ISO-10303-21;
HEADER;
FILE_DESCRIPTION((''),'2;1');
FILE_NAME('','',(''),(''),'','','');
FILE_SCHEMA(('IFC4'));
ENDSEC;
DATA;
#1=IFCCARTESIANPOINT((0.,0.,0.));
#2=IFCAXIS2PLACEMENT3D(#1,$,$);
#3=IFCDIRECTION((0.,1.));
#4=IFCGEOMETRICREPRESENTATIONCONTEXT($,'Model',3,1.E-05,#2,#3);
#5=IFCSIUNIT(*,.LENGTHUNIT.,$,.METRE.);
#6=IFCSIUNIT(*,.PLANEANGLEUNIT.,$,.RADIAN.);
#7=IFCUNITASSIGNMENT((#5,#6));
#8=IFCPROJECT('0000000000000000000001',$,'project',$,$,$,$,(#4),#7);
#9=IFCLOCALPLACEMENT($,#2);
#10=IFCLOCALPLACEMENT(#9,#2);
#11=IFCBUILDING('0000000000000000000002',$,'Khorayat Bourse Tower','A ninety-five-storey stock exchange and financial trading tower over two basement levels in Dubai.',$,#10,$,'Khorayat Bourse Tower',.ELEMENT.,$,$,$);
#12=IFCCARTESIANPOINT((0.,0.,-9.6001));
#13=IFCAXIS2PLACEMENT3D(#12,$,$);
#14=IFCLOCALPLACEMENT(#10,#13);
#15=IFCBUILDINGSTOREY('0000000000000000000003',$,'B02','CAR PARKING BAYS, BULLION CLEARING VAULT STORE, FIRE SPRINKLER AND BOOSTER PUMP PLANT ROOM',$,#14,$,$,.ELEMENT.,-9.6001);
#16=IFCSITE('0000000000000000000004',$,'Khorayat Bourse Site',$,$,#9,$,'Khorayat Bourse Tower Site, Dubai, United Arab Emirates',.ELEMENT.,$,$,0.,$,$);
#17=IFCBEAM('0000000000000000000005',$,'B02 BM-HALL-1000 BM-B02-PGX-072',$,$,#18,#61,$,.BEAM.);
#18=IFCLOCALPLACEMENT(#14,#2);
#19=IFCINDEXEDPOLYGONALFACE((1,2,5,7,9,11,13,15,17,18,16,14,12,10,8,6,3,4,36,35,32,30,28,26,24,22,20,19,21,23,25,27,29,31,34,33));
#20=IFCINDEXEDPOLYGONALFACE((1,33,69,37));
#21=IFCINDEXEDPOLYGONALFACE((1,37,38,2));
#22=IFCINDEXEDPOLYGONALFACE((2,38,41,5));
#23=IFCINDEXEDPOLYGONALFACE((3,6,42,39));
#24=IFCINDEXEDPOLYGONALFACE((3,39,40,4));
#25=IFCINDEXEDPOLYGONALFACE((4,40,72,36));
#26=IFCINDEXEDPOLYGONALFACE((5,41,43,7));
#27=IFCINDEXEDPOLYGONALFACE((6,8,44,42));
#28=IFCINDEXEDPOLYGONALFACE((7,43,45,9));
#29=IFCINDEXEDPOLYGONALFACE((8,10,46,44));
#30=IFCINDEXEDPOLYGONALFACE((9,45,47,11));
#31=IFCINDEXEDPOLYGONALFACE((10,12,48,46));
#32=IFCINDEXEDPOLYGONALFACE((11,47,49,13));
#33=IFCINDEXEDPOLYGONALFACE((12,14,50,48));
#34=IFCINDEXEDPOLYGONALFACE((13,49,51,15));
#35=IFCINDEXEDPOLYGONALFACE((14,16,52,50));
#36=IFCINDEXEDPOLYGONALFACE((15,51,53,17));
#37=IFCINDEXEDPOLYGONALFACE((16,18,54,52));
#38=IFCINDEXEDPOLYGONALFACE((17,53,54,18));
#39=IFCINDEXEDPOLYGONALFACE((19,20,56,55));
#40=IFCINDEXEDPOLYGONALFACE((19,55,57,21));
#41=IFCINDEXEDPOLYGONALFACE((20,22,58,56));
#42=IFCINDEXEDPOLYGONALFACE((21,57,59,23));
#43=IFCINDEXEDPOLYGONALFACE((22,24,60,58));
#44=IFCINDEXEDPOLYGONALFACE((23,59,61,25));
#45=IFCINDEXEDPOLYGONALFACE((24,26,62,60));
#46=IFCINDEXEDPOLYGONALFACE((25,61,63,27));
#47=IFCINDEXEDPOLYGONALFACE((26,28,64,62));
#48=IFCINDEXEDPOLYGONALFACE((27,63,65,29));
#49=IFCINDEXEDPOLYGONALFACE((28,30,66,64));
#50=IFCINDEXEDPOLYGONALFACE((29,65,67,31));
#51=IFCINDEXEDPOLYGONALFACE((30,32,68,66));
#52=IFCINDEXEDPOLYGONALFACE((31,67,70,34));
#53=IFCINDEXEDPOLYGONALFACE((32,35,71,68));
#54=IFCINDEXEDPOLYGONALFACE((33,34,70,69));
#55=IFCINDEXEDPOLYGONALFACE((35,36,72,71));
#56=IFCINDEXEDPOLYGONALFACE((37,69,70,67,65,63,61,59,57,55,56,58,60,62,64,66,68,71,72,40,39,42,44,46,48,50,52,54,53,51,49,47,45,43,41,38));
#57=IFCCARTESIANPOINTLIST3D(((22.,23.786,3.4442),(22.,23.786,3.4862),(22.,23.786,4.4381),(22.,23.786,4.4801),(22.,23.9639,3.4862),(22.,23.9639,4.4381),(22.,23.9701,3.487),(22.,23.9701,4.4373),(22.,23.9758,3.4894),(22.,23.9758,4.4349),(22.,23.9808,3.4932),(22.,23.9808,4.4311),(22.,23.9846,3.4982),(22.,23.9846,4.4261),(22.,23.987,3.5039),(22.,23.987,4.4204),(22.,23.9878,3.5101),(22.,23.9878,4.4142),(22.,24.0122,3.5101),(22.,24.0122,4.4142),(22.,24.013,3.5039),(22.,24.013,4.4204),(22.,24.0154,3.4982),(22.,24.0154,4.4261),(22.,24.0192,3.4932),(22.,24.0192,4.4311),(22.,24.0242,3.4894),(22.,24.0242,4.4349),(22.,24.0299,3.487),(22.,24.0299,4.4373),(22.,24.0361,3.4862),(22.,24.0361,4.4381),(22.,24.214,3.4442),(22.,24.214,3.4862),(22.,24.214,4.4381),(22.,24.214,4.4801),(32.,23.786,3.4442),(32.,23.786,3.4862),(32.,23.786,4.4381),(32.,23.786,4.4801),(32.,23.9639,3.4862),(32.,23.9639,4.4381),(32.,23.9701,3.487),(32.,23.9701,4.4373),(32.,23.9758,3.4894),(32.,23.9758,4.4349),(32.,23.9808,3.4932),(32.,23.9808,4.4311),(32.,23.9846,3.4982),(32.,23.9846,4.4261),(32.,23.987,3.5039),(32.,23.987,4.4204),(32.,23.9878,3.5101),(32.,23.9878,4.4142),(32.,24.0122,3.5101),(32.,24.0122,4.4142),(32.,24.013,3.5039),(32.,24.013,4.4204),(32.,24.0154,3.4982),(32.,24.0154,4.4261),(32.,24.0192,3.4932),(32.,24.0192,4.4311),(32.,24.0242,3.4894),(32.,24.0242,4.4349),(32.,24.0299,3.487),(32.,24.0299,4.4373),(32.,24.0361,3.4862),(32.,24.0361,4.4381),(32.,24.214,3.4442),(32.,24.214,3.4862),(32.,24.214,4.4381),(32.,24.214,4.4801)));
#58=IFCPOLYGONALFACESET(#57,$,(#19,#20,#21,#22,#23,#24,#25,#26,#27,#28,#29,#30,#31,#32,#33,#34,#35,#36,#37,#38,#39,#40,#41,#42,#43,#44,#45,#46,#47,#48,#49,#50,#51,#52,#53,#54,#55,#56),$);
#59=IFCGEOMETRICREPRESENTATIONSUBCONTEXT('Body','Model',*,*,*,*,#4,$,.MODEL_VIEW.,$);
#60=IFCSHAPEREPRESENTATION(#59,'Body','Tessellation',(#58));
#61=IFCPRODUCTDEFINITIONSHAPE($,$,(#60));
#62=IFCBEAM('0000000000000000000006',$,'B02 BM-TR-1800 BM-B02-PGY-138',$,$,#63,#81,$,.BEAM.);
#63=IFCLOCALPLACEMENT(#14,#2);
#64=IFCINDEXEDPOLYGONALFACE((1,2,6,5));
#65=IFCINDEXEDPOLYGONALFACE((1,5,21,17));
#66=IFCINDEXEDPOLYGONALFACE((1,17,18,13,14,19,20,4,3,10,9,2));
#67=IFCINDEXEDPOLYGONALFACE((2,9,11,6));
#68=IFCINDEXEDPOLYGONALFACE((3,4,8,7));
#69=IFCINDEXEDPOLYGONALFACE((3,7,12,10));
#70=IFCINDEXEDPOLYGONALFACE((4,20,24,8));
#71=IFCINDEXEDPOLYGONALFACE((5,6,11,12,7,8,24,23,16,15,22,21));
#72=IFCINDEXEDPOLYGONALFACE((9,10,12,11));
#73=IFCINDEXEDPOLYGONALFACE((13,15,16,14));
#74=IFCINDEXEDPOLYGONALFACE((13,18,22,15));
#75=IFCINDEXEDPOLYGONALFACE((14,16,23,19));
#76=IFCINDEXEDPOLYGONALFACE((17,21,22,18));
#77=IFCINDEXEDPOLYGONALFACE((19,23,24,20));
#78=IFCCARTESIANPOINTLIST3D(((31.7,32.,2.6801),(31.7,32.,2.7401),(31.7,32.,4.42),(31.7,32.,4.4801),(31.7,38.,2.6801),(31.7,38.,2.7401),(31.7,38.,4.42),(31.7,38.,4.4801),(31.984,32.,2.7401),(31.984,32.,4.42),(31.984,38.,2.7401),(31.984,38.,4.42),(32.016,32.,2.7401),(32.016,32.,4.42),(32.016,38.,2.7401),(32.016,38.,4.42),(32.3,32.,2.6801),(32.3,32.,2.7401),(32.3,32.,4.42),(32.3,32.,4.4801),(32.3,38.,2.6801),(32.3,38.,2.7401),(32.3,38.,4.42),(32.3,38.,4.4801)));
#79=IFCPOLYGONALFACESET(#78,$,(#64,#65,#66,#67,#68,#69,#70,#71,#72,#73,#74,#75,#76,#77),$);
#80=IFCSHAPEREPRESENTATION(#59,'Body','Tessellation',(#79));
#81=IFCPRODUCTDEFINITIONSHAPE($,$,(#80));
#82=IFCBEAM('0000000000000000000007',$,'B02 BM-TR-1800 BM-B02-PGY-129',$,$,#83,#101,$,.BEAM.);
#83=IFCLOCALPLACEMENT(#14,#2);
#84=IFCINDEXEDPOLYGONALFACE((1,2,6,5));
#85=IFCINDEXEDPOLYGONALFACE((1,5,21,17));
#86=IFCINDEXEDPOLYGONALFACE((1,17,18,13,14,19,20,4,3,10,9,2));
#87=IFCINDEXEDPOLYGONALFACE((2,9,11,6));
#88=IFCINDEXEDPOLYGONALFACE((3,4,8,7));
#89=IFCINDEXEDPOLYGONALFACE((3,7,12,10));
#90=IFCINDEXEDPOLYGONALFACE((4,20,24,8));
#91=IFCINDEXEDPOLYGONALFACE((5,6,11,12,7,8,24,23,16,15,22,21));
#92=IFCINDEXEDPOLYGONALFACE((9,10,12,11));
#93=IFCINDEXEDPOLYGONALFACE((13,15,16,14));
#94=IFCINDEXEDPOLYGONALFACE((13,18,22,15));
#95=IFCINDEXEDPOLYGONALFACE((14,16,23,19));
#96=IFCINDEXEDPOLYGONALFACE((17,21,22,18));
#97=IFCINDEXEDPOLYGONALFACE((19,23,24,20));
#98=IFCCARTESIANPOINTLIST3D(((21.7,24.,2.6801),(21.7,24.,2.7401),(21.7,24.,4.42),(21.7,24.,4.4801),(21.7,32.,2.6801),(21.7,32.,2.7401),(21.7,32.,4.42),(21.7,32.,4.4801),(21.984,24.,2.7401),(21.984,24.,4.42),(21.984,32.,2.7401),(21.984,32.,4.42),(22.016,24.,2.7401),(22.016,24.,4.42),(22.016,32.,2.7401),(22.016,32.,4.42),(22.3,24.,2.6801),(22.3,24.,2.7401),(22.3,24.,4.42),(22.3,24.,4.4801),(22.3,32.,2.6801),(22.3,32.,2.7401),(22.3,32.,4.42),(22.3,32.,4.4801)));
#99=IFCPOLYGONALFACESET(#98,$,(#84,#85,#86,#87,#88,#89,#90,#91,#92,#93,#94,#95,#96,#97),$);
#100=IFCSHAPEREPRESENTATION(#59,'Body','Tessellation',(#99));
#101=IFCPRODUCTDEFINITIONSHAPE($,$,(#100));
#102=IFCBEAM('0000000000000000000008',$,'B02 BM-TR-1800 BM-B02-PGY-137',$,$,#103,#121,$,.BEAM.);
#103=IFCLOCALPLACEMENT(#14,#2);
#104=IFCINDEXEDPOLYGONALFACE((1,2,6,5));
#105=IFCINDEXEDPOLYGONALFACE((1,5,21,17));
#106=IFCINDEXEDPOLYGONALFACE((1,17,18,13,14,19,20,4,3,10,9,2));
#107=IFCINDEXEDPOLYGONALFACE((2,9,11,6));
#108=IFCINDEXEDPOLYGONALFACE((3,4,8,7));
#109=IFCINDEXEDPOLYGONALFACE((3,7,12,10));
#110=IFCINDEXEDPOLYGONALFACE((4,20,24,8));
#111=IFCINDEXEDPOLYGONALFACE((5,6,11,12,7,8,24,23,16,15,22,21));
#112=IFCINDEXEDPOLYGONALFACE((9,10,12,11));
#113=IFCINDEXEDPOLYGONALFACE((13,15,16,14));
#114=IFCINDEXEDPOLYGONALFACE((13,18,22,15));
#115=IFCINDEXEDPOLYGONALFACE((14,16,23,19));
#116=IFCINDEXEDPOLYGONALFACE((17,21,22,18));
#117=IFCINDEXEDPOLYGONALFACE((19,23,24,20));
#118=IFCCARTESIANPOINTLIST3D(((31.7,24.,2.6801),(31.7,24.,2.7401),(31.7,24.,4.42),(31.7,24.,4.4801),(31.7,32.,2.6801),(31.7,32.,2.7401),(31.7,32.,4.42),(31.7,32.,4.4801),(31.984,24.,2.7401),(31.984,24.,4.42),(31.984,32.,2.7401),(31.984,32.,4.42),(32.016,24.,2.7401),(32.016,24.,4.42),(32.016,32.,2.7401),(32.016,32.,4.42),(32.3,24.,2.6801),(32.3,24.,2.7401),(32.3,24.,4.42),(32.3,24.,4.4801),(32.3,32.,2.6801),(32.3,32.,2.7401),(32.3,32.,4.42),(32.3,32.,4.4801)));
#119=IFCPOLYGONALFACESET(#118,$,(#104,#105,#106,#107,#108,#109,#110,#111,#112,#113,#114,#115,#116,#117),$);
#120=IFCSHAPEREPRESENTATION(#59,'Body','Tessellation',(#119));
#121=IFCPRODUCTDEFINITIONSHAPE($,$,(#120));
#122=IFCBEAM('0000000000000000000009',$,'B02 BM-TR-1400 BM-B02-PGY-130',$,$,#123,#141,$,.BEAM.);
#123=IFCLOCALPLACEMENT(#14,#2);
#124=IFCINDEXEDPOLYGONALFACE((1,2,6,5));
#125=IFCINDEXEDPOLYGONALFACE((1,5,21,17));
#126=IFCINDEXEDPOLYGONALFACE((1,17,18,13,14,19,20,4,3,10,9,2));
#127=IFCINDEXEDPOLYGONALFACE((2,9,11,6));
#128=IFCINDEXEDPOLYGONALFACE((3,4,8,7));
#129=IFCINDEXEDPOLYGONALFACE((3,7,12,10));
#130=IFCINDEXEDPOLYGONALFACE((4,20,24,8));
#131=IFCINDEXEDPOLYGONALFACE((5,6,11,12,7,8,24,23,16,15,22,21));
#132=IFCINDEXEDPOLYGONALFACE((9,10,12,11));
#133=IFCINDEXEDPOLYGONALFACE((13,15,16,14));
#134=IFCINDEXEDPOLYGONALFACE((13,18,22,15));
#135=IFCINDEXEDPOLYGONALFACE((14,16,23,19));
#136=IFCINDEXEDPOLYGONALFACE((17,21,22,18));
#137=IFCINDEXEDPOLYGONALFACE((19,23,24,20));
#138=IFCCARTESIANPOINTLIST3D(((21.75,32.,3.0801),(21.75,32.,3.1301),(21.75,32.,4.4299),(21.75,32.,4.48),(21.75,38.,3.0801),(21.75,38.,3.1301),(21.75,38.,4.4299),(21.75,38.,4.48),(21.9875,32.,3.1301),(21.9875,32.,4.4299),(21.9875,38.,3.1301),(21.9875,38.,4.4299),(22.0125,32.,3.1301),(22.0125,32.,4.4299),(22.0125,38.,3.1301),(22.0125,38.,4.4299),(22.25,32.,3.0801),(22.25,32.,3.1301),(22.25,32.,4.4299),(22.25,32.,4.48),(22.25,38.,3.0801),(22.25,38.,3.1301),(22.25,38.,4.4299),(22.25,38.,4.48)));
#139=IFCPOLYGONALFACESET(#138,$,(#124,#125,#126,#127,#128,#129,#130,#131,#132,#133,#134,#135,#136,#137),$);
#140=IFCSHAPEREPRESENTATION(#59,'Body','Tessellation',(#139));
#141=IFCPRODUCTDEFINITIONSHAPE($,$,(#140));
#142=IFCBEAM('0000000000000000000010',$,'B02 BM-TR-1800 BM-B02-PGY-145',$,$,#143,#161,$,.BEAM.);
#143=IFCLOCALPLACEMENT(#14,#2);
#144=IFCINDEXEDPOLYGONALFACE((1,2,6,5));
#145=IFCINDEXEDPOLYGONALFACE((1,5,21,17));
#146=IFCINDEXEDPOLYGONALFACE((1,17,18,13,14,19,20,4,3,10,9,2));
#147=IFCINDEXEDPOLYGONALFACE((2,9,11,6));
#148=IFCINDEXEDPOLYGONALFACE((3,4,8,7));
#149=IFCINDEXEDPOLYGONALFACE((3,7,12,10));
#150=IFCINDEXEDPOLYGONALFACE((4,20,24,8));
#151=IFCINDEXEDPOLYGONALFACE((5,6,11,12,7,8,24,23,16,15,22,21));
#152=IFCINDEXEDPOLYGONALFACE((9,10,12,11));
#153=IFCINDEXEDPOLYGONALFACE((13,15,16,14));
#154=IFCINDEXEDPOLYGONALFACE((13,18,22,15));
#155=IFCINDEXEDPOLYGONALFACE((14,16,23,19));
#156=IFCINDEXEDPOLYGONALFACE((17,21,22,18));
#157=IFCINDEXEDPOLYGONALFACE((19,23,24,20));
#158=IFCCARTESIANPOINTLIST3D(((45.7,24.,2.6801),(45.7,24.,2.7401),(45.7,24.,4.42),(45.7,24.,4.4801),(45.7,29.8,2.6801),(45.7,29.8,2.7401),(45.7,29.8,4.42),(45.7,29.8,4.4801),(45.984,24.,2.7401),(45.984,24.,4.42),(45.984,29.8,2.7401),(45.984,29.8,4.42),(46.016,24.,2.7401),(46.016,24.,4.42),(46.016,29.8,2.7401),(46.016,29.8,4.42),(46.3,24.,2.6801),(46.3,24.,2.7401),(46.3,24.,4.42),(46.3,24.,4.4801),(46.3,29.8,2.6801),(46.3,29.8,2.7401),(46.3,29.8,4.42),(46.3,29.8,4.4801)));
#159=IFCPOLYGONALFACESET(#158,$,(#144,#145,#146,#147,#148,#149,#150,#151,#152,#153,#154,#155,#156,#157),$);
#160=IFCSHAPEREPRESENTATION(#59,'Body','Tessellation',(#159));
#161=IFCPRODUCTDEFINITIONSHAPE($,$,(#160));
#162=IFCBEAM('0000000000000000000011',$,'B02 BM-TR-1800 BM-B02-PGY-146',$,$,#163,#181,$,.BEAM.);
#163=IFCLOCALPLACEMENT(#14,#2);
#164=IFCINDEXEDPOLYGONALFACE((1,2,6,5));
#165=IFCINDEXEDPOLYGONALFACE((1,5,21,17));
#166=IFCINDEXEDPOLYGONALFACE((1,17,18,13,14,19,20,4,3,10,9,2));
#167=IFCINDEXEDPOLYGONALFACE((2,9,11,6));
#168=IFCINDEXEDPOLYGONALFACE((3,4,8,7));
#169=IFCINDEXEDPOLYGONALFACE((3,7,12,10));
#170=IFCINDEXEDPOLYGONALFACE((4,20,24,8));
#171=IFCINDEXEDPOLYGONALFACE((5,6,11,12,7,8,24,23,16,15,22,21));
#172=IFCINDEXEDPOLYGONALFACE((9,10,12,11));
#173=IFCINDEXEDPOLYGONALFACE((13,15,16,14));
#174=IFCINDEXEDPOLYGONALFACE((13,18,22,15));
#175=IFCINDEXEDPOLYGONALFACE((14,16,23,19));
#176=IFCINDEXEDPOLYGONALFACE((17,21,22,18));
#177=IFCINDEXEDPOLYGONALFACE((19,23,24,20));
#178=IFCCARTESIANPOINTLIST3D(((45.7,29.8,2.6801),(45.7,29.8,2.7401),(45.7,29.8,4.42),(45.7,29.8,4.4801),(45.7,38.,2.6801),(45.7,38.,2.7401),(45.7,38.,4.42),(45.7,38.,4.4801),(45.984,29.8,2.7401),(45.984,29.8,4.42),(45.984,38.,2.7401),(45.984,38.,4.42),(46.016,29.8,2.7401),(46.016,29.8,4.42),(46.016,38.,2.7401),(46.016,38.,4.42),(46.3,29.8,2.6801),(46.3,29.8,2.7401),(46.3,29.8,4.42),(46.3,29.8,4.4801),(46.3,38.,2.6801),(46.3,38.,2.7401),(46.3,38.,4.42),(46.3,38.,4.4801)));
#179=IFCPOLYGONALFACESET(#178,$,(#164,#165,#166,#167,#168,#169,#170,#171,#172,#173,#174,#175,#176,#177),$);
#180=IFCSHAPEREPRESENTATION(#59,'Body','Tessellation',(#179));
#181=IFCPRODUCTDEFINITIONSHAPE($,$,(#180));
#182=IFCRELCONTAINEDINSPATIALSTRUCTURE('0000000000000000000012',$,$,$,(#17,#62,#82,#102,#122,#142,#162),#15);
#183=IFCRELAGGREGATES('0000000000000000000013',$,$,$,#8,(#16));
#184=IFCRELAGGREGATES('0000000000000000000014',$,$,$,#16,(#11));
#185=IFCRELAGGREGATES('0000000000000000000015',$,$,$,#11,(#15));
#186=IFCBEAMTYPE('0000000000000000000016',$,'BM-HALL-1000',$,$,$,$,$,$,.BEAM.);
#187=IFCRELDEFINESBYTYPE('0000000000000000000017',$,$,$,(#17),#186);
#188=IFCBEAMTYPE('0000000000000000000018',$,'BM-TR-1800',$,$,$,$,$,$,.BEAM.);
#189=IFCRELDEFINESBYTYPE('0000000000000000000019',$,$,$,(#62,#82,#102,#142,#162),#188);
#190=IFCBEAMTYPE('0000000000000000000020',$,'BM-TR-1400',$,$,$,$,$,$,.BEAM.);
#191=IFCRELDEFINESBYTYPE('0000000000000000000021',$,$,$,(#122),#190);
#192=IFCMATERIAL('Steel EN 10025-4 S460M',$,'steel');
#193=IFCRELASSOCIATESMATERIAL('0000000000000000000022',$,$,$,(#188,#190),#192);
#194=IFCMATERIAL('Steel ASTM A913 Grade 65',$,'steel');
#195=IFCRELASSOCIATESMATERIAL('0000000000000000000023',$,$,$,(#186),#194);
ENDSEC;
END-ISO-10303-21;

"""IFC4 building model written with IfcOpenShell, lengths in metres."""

from ifc_helpers import new_model, si_unit, direction, frame, origin, origin_2d, place, context, subcontext, project, spatial, i_section, extrude, source, transform, mapped, material, material_profile, profile_set, type_object, element, save


model = new_model("IFC4")

# Units and contexts
model_context = context("Model", 3, precision=1e-05, world=origin(), true_north=direction((0.0, 1.0)))
body_context = subcontext(model_context, "Body", "Model", "MODEL_VIEW")
ifc_project = project(units=[si_unit("LENGTHUNIT", "METRE"), si_unit("PLANEANGLEUNIT", "RADIAN")], contexts=[model_context])

# Site, building, storey
site_placement = place(None, origin())
site = spatial("IfcSite", under=ifc_project, at=site_placement, Name="Khorayat Bourse Site", LongName="Khorayat Bourse Tower Site, Dubai, United Arab Emirates", CompositionType="ELEMENT", RefElevation=0.0)
building_placement = place(site_placement, origin())
building = spatial("IfcBuilding", under=site, at=building_placement, Name="Khorayat Bourse Tower", Description="A ninety-five-storey stock exchange and financial trading tower over two basement levels in Dubai.", LongName="Khorayat Bourse Tower", CompositionType="ELEMENT")
storey_placement = place(building_placement, frame((0.0, 0.0, -9.6001)))
storey = spatial("IfcBuildingStorey", under=building, at=storey_placement, Name="B02", Description="CAR PARKING BAYS, BULLION CLEARING VAULT STORE, FIRE SPRINKLER AND BOOSTER PUMP PLANT ROOM", CompositionType="ELEMENT", Elevation=-9.6001)

# Beams
ifc_material_1 = material(Name="Steel EN 10025-4 S460M", Category="steel")
ifc_material_profile_1 = material_profile(ifc_material_1, i_section(OverallWidth=0.6001, OverallDepth=1.8, WebThickness=0.032, FlangeThickness=0.0601, at=origin_2d()), Name="PG 1800x600x32x60")
ifc_profile_set_1 = profile_set([ifc_material_profile_1], Name="Steel EN 10025-4 S460M")
beam_type_1 = type_object("IfcBeamType", Name="BM-TR-1800", PredefinedType="BEAM", material=ifc_profile_set_1)
ifc_material_2 = material(Name="Steel ASTM A913 Grade 65", Category="steel")
ifc_material_profile_2 = material_profile(ifc_material_2, i_section(OverallWidth=0.428, OverallDepth=1.0359, WebThickness=0.0244, FlangeThickness=0.042, FilletRadius=0.0239, at=origin_2d()), Name="W1000X443")
ifc_profile_set_2 = profile_set([ifc_material_profile_2], Name="Steel ASTM A913 Grade 65")
beam_type_2 = type_object("IfcBeamType", Name="BM-HALL-1000", PredefinedType="BEAM", material=ifc_profile_set_2)
shared_shape_1 = source(origin(), body_context, "Body", "SweptSolid", [
    extrude(i_section(OverallWidth=0.428, OverallDepth=1.0359, WebThickness=0.0244, FlangeThickness=0.042, FilletRadius=0.0239, at=origin_2d()), origin(), (0.0, 0.0, 1.0), 10.0),
])
beam_1_placement = place(storey_placement, frame((22.0, 24.0, 3.9622), z_axis=(1.0, 0.0, 0.0), x_axis=(0.0, 1.0, 0.0)))
element("IfcBeam", 1, at=beam_1_placement, inside=storey, type_object=beam_type_2, Name="B02 BM-HALL-1000 BM-B02-PGX-072", PredefinedType="BEAM", context=body_context, shape_type="MappedRepresentation", body=[
    mapped(shared_shape_1, transform((0.0, 0.0, 0.0), scale=1.0)),
])
shared_shape_2 = source(origin(), body_context, "Body", "SweptSolid", [
    extrude(i_section(OverallWidth=0.6001, OverallDepth=1.8, WebThickness=0.032, FlangeThickness=0.0601, at=origin_2d()), origin(), (0.0, 0.0, 1.0), 6.0),
])
beam_2_placement = place(storey_placement, frame((32.0, 32.0, 3.5801), z_axis=(0.0, 1.0, 0.0), x_axis=(-1.0, 0.0, 0.0)))
element("IfcBeam", 2, at=beam_2_placement, inside=storey, type_object=beam_type_1, Name="B02 BM-TR-1800 BM-B02-PGY-138", PredefinedType="BEAM", context=body_context, shape_type="MappedRepresentation", body=[
    mapped(shared_shape_2, transform((0.0, 0.0, 0.0), scale=1.0)),
])
shared_shape_3 = source(origin(), body_context, "Body", "SweptSolid", [
    extrude(i_section(OverallWidth=0.6001, OverallDepth=1.8, WebThickness=0.032, FlangeThickness=0.0601, at=origin_2d()), origin(), (0.0, 0.0, 1.0), 8.0),
])
for number, where, z_axis, x_axis, name in (
    (3, (22.0, 24.0, 3.5801), (0.0, 1.0, 0.0), (-1.0, 0.0, 0.0), "B02 BM-TR-1800 BM-B02-PGY-129"),
    (4, (32.0, 24.0, 3.5801), (0.0, 1.0, 0.0), (-1.0, 0.0, 0.0), "B02 BM-TR-1800 BM-B02-PGY-137"),
):
    element("IfcBeam", number, at=place(storey_placement, frame(where, z_axis=z_axis, x_axis=x_axis)), inside=storey, type_object=beam_type_1, Name=name, PredefinedType="BEAM", context=body_context, shape_type="MappedRepresentation", body=[
        mapped(shared_shape_3, transform((0.0, 0.0, 0.0), scale=1.0)),
    ])
ifc_material_profile_3 = material_profile(ifc_material_1, i_section(OverallWidth=0.5, OverallDepth=1.3999, WebThickness=0.0249, FlangeThickness=0.05, at=origin_2d()), Name="PG 1400x500x25x50")
ifc_profile_set_3 = profile_set([ifc_material_profile_3], Name="Steel EN 10025-4 S460M")
beam_type_3 = type_object("IfcBeamType", Name="BM-TR-1400", PredefinedType="BEAM", material=ifc_profile_set_3)
shared_shape_4 = source(origin(), body_context, "Body", "SweptSolid", [
    extrude(i_section(OverallWidth=0.5, OverallDepth=1.3999, WebThickness=0.0249, FlangeThickness=0.05, at=origin_2d()), origin(), (0.0, 0.0, 1.0), 6.0),
])
beam_3_placement = place(storey_placement, frame((22.0, 32.0, 3.78), z_axis=(0.0, 1.0, 0.0), x_axis=(-1.0, 0.0, 0.0)))
element("IfcBeam", 5, at=beam_3_placement, inside=storey, type_object=beam_type_3, Name="B02 BM-TR-1400 BM-B02-PGY-130", PredefinedType="BEAM", context=body_context, shape_type="MappedRepresentation", body=[
    mapped(shared_shape_4, transform((0.0, 0.0, 0.0), scale=1.0)),
])
shared_shape_5 = source(origin(), body_context, "Body", "SweptSolid", [
    extrude(i_section(OverallWidth=0.6001, OverallDepth=1.8, WebThickness=0.032, FlangeThickness=0.0601, at=origin_2d()), origin(), (0.0, 0.0, 1.0), 5.8),
])
beam_4_placement = place(storey_placement, frame((46.0, 24.0, 3.5801), z_axis=(0.0, 1.0, 0.0), x_axis=(-1.0, 0.0, 0.0)))
element("IfcBeam", 6, at=beam_4_placement, inside=storey, type_object=beam_type_1, Name="B02 BM-TR-1800 BM-B02-PGY-145", PredefinedType="BEAM", context=body_context, shape_type="MappedRepresentation", body=[
    mapped(shared_shape_5, transform((0.0, 0.0, 0.0), scale=1.0)),
])
shared_shape_6 = source(origin(), body_context, "Body", "SweptSolid", [
    extrude(i_section(OverallWidth=0.6001, OverallDepth=1.8, WebThickness=0.032, FlangeThickness=0.0601, at=origin_2d()), origin(), (0.0, 0.0, 1.0), 8.2),
])
beam_5_placement = place(storey_placement, frame((46.0, 29.8, 3.5801), z_axis=(0.0, 1.0, 0.0), x_axis=(-1.0, 0.0, 0.0)))
element("IfcBeam", 7, at=beam_5_placement, inside=storey, type_object=beam_type_1, Name="B02 BM-TR-1800 BM-B02-PGY-146", PredefinedType="BEAM", context=body_context, shape_type="MappedRepresentation", body=[
    mapped(shared_shape_6, transform((0.0, 0.0, 0.0), scale=1.0)),
])

save(model, "model.ifc")
